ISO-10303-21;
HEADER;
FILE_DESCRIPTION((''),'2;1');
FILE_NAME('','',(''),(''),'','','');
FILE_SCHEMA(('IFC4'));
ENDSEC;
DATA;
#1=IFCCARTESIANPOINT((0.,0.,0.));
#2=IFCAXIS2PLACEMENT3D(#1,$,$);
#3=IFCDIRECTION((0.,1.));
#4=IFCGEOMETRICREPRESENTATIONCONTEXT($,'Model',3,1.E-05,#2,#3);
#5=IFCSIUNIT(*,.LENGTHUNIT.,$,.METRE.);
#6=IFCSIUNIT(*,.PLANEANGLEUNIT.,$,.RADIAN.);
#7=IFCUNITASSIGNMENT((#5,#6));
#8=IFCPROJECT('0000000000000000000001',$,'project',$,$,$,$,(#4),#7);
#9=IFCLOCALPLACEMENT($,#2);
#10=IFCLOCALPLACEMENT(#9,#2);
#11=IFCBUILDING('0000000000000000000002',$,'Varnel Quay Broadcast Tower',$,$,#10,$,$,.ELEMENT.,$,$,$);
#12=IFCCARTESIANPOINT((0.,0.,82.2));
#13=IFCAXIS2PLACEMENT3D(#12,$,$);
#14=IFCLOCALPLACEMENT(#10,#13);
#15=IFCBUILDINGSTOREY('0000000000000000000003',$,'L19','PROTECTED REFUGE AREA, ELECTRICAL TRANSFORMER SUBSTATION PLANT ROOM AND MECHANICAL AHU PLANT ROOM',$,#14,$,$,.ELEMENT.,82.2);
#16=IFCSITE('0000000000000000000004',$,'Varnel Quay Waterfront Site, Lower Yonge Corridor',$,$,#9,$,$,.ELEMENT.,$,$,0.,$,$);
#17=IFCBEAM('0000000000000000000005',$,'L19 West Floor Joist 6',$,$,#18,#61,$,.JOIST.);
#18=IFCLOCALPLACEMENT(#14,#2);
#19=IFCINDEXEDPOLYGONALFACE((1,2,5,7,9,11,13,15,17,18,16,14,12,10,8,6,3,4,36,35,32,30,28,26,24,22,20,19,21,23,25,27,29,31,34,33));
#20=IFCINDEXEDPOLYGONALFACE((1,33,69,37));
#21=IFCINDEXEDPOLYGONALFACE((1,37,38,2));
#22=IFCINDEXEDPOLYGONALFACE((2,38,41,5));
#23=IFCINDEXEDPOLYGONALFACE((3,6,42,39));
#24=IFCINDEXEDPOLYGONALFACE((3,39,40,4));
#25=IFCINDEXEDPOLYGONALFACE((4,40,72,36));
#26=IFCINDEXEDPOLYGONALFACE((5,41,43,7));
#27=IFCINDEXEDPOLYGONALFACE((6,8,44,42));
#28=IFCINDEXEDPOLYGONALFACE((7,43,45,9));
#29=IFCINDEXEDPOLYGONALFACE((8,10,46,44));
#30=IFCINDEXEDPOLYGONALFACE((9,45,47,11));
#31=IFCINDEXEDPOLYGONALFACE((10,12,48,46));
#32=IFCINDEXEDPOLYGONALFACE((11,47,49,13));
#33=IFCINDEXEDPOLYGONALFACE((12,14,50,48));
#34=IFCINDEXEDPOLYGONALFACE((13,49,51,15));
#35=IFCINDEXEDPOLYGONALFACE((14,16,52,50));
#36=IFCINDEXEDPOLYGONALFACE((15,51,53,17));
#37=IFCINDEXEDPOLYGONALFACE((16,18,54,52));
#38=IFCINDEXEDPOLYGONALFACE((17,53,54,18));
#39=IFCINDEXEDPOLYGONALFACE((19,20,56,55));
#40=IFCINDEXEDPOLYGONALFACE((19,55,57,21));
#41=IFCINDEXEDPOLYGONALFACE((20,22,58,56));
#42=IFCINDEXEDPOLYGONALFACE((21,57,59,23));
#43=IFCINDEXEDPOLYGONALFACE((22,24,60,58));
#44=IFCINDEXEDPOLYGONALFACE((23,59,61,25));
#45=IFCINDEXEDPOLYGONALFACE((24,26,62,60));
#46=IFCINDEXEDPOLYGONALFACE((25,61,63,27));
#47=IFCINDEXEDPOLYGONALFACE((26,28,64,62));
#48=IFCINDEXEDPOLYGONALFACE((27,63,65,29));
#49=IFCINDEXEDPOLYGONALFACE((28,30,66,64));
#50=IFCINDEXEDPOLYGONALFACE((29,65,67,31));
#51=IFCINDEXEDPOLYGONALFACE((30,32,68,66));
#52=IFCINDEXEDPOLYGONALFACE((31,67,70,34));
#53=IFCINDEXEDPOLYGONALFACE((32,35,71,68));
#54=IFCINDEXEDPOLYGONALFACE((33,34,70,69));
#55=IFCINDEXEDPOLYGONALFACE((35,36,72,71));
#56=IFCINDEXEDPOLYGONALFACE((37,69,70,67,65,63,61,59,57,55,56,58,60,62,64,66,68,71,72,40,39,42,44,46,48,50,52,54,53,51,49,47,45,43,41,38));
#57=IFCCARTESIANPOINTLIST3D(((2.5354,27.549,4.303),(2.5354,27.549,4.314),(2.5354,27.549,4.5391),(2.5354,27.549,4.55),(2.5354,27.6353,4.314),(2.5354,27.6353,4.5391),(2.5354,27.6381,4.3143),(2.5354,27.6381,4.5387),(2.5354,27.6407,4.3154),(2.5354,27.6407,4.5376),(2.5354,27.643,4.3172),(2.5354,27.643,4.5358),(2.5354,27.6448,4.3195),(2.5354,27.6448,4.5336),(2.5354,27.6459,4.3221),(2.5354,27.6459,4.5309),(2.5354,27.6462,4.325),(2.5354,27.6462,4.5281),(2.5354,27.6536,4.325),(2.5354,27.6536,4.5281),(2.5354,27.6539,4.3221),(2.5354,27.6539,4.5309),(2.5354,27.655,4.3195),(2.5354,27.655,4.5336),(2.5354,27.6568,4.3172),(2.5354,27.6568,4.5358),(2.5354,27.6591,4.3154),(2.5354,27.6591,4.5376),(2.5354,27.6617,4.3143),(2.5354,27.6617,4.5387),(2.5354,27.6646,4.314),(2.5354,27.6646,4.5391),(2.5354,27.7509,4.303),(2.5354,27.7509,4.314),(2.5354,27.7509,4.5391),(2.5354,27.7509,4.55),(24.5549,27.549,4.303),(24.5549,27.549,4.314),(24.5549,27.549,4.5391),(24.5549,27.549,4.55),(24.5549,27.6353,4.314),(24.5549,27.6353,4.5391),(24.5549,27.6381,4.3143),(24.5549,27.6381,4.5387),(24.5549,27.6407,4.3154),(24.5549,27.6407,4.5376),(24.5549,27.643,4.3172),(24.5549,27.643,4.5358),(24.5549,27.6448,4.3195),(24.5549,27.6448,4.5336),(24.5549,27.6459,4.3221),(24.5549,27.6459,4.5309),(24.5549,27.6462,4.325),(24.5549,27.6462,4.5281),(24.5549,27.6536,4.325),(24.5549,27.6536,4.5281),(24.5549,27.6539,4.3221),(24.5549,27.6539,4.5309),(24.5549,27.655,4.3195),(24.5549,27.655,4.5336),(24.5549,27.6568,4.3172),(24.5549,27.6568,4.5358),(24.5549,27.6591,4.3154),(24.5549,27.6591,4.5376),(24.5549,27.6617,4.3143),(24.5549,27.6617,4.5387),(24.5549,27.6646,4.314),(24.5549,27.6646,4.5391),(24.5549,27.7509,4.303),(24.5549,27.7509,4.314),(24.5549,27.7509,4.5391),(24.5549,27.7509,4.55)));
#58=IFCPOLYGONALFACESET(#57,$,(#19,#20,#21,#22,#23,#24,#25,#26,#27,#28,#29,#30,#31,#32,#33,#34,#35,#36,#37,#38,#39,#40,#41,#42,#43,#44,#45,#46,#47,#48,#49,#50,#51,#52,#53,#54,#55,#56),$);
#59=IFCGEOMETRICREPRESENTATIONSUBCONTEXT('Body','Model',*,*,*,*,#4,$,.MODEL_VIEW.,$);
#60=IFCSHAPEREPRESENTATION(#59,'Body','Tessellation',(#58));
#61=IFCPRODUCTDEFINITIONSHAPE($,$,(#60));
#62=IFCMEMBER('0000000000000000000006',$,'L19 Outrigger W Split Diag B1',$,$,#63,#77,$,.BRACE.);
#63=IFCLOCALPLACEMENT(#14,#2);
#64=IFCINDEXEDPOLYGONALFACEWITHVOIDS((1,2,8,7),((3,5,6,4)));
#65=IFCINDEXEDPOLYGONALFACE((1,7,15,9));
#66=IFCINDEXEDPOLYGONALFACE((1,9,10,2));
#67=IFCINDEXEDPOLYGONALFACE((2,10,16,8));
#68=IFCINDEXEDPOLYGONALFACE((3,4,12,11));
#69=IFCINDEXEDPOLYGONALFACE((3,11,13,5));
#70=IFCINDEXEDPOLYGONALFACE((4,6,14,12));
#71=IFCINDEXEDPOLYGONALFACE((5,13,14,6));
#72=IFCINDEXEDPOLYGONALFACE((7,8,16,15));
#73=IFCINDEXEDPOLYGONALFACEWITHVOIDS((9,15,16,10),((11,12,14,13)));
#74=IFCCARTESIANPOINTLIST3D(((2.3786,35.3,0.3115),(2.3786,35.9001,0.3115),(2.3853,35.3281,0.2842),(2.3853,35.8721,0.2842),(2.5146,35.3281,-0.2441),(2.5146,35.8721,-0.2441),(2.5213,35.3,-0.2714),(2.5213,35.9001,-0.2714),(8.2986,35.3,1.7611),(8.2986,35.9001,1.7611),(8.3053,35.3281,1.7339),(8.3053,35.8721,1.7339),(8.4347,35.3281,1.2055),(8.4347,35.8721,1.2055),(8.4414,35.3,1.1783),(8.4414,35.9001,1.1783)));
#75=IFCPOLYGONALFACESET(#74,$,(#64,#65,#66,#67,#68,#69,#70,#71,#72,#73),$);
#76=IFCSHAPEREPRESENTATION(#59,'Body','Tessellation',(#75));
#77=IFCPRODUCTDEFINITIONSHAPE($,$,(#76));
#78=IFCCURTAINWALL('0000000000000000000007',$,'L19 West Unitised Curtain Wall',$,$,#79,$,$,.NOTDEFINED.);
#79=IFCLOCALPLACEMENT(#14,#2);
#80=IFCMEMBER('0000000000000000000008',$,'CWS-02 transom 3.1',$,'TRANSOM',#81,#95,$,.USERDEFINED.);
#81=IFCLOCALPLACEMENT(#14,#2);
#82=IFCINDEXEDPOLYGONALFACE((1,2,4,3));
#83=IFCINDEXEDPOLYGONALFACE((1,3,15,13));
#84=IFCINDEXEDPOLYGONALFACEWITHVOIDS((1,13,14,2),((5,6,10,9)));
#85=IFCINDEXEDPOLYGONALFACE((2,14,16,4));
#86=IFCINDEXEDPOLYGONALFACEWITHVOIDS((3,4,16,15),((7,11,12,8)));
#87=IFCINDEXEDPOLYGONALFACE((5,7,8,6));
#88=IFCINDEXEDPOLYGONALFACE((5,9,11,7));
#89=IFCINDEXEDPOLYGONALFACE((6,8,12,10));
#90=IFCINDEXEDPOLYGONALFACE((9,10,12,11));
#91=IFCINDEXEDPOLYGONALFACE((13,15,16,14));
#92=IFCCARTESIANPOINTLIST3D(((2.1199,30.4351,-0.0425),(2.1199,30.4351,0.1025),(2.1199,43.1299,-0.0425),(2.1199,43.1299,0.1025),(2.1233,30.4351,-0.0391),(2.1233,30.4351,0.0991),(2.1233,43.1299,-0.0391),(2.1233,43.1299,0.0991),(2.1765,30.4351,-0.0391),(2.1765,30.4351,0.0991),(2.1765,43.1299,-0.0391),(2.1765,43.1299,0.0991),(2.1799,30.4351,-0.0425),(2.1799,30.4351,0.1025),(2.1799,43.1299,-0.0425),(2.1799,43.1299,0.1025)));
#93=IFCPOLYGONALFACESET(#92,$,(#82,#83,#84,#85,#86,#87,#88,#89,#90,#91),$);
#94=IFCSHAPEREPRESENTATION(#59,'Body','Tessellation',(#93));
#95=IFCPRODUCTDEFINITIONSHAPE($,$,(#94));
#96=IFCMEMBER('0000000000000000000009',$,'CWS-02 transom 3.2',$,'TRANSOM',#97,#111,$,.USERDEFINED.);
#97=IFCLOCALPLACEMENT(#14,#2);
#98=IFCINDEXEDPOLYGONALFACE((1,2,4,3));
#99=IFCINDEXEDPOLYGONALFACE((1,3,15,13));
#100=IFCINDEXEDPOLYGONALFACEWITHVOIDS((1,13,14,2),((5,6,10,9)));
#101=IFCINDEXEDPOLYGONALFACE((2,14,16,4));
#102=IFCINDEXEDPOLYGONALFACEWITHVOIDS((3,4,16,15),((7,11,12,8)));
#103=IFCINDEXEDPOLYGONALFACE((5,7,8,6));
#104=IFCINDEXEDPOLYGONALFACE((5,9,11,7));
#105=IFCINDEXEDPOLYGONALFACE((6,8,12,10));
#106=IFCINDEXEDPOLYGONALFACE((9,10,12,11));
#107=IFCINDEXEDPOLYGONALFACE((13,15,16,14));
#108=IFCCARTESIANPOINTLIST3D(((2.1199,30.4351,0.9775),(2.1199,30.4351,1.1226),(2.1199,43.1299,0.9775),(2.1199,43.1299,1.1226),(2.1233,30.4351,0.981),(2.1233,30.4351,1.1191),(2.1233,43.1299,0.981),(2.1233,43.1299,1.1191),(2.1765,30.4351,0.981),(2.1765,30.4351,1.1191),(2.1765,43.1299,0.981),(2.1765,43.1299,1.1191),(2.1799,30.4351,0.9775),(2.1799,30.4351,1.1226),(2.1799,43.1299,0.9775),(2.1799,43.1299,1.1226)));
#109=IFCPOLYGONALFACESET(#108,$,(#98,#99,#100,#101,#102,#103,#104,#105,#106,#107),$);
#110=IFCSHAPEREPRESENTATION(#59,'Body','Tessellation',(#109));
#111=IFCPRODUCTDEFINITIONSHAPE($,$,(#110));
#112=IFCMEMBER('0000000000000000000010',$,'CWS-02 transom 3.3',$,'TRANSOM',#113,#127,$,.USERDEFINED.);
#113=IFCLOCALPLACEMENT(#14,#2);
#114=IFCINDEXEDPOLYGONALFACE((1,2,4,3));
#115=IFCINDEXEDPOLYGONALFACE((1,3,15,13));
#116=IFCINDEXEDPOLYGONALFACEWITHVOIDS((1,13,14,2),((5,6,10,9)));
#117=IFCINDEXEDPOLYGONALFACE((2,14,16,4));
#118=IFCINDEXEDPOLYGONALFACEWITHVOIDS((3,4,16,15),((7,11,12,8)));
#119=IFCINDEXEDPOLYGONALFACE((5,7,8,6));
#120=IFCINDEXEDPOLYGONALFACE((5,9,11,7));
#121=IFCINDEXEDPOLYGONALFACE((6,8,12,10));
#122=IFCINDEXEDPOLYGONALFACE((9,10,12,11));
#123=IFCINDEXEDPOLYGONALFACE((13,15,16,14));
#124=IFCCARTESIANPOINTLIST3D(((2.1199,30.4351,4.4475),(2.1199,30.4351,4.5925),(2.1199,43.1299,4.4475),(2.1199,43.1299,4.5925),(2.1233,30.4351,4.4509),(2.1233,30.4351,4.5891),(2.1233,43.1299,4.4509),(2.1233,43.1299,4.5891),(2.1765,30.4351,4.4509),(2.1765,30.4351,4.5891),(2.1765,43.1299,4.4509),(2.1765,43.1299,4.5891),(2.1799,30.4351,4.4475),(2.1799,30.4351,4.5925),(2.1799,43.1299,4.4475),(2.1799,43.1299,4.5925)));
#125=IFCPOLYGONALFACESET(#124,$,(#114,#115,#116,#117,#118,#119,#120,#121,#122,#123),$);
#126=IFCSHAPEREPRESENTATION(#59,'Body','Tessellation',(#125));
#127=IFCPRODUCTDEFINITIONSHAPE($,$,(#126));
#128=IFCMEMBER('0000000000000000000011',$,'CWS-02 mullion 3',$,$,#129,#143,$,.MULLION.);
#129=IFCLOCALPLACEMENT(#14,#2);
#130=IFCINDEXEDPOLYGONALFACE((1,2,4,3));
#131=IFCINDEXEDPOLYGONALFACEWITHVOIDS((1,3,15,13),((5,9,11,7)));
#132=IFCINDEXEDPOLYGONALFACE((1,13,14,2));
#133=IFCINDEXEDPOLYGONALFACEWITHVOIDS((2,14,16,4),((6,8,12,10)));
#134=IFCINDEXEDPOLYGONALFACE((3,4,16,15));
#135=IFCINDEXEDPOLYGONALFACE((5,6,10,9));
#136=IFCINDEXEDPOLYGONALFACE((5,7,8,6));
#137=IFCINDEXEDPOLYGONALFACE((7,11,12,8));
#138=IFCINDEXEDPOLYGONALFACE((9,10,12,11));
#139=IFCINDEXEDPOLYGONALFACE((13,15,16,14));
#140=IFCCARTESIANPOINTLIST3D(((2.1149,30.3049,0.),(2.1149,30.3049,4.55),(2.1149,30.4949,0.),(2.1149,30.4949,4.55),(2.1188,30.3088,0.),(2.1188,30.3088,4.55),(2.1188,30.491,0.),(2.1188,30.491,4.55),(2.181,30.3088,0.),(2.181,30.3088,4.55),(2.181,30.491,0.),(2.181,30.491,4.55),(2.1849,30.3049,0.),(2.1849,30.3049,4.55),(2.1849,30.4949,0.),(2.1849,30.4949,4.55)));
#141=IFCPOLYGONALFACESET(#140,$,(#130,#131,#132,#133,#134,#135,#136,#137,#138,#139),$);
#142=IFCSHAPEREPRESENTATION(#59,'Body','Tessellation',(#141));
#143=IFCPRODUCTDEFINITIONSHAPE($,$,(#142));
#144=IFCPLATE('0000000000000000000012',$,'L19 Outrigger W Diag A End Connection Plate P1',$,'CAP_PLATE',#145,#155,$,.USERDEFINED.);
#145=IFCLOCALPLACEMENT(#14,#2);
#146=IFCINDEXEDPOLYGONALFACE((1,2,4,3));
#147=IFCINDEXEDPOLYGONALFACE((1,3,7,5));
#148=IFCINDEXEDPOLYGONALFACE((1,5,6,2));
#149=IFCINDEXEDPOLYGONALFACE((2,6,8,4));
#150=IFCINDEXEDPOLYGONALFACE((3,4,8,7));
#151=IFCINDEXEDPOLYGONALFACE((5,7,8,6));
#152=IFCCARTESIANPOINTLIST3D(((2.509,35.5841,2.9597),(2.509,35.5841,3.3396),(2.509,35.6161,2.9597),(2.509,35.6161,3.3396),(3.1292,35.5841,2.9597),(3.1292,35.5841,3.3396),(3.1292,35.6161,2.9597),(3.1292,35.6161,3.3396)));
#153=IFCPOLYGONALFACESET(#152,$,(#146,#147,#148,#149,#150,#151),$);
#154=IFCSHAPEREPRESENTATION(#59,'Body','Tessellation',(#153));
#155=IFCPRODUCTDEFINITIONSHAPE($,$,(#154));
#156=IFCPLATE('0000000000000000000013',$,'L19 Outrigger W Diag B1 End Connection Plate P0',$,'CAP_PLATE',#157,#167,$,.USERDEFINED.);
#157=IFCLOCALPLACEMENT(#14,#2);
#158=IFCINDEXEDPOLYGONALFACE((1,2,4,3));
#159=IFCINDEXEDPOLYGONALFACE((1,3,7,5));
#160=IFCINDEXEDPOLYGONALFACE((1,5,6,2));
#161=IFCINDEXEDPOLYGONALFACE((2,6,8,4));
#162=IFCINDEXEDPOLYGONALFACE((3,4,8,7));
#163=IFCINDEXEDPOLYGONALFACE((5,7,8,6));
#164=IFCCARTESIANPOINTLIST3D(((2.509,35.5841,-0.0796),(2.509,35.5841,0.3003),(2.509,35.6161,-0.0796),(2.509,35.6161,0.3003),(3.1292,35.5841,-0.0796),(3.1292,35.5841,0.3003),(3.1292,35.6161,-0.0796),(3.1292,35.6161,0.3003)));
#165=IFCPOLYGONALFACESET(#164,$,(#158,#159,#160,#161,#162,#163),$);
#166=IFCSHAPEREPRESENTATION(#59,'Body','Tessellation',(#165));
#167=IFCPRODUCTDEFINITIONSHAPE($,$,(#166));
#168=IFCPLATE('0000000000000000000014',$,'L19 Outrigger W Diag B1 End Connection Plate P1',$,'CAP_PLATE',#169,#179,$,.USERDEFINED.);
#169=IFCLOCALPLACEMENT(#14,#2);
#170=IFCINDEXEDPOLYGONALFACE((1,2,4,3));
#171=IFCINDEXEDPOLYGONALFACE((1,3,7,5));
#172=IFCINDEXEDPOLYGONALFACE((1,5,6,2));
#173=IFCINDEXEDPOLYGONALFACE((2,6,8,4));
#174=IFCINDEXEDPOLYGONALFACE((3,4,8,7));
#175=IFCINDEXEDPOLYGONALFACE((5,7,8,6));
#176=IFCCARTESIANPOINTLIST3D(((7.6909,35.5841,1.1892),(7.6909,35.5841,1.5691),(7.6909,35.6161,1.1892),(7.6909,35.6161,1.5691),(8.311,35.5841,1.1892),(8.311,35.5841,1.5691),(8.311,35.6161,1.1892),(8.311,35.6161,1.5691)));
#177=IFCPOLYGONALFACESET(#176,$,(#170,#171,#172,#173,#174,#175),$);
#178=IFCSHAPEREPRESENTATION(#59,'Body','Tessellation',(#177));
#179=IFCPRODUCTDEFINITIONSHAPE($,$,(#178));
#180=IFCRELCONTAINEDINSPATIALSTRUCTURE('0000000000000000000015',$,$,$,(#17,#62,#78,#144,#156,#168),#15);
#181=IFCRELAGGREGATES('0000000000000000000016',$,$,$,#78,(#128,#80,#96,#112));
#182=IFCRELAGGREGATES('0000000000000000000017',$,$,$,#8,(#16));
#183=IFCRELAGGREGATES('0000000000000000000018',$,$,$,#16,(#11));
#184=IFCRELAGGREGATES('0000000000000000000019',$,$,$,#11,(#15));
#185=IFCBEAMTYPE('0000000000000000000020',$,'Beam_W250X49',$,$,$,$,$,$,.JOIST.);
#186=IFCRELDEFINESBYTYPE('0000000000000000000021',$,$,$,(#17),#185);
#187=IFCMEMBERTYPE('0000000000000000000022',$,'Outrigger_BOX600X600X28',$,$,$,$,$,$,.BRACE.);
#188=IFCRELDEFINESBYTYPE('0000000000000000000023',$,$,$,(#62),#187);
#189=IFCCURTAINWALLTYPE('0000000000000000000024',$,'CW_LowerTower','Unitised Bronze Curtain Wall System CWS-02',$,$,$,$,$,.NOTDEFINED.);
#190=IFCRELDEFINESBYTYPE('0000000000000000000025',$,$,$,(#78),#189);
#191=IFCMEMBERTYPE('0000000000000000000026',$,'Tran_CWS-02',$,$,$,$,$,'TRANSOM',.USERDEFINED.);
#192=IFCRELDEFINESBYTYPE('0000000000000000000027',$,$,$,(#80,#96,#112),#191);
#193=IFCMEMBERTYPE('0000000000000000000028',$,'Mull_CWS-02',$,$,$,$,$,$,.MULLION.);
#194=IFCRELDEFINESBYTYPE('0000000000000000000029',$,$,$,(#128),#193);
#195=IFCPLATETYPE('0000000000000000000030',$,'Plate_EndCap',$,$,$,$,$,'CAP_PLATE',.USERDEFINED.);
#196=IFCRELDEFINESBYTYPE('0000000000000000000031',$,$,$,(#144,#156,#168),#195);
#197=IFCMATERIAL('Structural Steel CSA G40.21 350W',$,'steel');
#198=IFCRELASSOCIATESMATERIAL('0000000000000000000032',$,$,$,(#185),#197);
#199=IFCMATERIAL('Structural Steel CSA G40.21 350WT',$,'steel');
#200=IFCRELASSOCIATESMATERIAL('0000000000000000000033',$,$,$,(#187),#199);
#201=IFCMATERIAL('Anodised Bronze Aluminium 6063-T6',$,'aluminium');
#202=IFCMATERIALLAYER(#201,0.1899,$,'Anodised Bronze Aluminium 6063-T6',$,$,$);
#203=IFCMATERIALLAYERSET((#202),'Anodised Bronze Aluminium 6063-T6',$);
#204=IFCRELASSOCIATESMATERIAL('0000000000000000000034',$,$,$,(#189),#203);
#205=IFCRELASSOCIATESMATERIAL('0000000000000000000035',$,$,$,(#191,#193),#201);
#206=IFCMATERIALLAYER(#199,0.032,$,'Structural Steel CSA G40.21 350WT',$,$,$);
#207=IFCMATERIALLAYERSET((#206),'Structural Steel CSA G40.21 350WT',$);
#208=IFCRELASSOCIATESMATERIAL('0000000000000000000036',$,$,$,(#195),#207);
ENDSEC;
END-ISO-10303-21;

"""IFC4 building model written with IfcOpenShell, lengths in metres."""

from ifc_helpers import new_model, si_unit, direction, frame, origin, origin_2d, place, context, subcontext, project, spatial, rectangle, hollow_rectangle, i_section, extrude, source, transform, mapped, material, layer, layer_set, material_profile, profile_set, type_object, type_shapes, element, aggregate, save


model = new_model("IFC4")

# Units and contexts
model_context = context("Model", 3, precision=1e-05, world=origin(), true_north=direction((0.0, 1.0)))
body_context = subcontext(model_context, "Body", "Model", "MODEL_VIEW")
ifc_project = project(units=[si_unit("LENGTHUNIT", "METRE"), si_unit("PLANEANGLEUNIT", "RADIAN")], contexts=[model_context])

# Site, building, storey
site_placement = place(None, origin())
site = spatial("IfcSite", under=ifc_project, at=site_placement, Name="Varnel Quay Waterfront Site, Lower Yonge Corridor", CompositionType="ELEMENT", RefElevation=0.0)
building_placement = place(site_placement, origin())
building = spatial("IfcBuilding", under=site, at=building_placement, Name="Varnel Quay Broadcast Tower", CompositionType="ELEMENT")
storey_placement = place(building_placement, frame((0.0, 0.0, 82.2)))
storey = spatial("IfcBuildingStorey", under=building, at=storey_placement, Name="L19", Description="PROTECTED REFUGE AREA, ELECTRICAL TRANSFORMER SUBSTATION PLANT ROOM AND MECHANICAL AHU PLANT ROOM", CompositionType="ELEMENT", Elevation=82.2)

# Shared definitions
ifc_material_1 = material(Name="Structural Steel CSA G40.21 350W", Category="steel")

# Beam
ifc_material_2 = material(Name="Structural Steel CSA G40.21 350WT", Category="steel")
ifc_material_profile_1 = material_profile(ifc_material_1, i_section(OverallWidth=0.2019, OverallDepth=0.2471, WebThickness=0.0073, FlangeThickness=0.011, FilletRadius=0.011, at=origin_2d()), Name="W250X49")
ifc_profile_set_1 = profile_set([ifc_material_profile_1], Name="Structural Steel CSA G40.21 350W")
beam_type_1 = type_object("IfcBeamType", Name="Beam_W250X49", PredefinedType="JOIST", material=ifc_profile_set_1)
shared_shape_1 = source(origin(), body_context, "Body", "SweptSolid", [
    extrude(i_section(OverallWidth=0.2019, OverallDepth=0.2471, WebThickness=0.0073, FlangeThickness=0.011, FilletRadius=0.011, at=origin_2d()), origin(), (0.0, 0.0, 1.0), 22.0195),
])
type_shapes(beam_type_1, [shared_shape_1])
beam_1_placement = place(storey_placement, frame((2.5354, 27.6499, 4.4265), z_axis=(1.0, 0.0, 0.0), x_axis=(0.0, 1.0, 0.0)))
element("IfcBeam", 1, at=beam_1_placement, inside=storey, type_object=beam_type_1, Name="L19 West Floor Joist 6", PredefinedType="JOIST", context=body_context, shape_type="MappedRepresentation", body=[
    mapped(shared_shape_1, transform((0.0, 0.0, 0.0), x_axis=(1.0, 0.0, 0.0), y_axis=(0.0, 1.0, 0.0), z_axis=(0.0, 0.0, 1.0), scale=1.0)),
])

# Member
ifc_material_profile_2 = material_profile(ifc_material_2, hollow_rectangle(XDim=0.6001, YDim=0.6001, WallThickness=0.0281, at=origin_2d()), Name="BOX600X600X28")
ifc_profile_set_2 = profile_set([ifc_material_profile_2], Name="Structural Steel CSA G40.21 350WT")
member_type_1 = type_object("IfcMemberType", Name="Outrigger_BOX600X600X28", PredefinedType="BRACE", material=ifc_profile_set_2)
shared_shape_2 = source(origin(), body_context, "Body", "SweptSolid", [
    extrude(hollow_rectangle(XDim=0.6001, YDim=0.6001, WallThickness=0.0281, at=origin_2d()), origin(), (0.0, 0.0, 1.0), 6.095),
])
type_shapes(member_type_1, [shared_shape_2])
member_1_placement = place(storey_placement, frame((2.45, 35.6001, 0.02), z_axis=(0.971302, 0.0, 0.237849), x_axis=(0.0, 1.0, 0.0)))
element("IfcMember", 2, at=member_1_placement, inside=storey, type_object=member_type_1, Name="L19 Outrigger W Split Diag B1", PredefinedType="BRACE", context=body_context, shape_type="MappedRepresentation", body=[
    mapped(shared_shape_2, transform((0.0, 0.0, 0.0), x_axis=(1.0, 0.0, 0.0), y_axis=(0.0, 1.0, 0.0), z_axis=(0.0, 0.0, 1.0), scale=1.0)),
])

# Curtain wall, members
ifc_material_3 = material(Name="Anodised Bronze Aluminium 6063-T6", Category="aluminium")
ifc_layer_1 = layer(ifc_material_3, 0.1899, Name="Anodised Bronze Aluminium 6063-T6")
ifc_layer_set_1 = layer_set([ifc_layer_1], Name="Anodised Bronze Aluminium 6063-T6")
curtain_wall_type = type_object("IfcCurtainWallType", Name="CW_LowerTower", Description="Unitised Bronze Curtain Wall System CWS-02", PredefinedType="NOTDEFINED", material=ifc_layer_set_1)
curtain_wall_placement = place(storey_placement, origin())
curtain_wall = element("IfcCurtainWall", 3, at=curtain_wall_placement, inside=storey, type_object=curtain_wall_type, Name="L19 West Unitised Curtain Wall", PredefinedType="NOTDEFINED")
ifc_material_profile_3 = material_profile(ifc_material_3, hollow_rectangle(XDim=0.0601, YDim=0.145, WallThickness=0.0034, at=origin_2d()), Name="ALU60X145X3.5")
ifc_profile_set_3 = profile_set([ifc_material_profile_3], Name="Anodised Bronze Aluminium 6063-T6")
member_type_2 = type_object("IfcMemberType", Name="Tran_CWS-02", ElementType="TRANSOM", PredefinedType="USERDEFINED", material=ifc_profile_set_3)
shared_shape_3 = source(origin(), body_context, "Body", "SweptSolid", [
    extrude(hollow_rectangle(XDim=0.0601, YDim=0.145, WallThickness=0.0034, at=origin_2d()), origin(), (0.0, 0.0, 1.0), 12.6948),
])
type_shapes(member_type_2, [shared_shape_3])
member_2_placement = place(storey_placement, frame((2.1499, 30.4351, 0.03), z_axis=(0.0, 1.0, 0.0), x_axis=(-1.0, 0.0, 0.0)))
member_2 = element("IfcMember", 4, at=member_2_placement, type_object=member_type_2, Name="CWS-02 transom 3.1", ObjectType="TRANSOM", PredefinedType="USERDEFINED", context=body_context, shape_type="MappedRepresentation", body=[
    mapped(shared_shape_3, transform((0.0, 0.0, 0.0), x_axis=(1.0, 0.0, 0.0), y_axis=(0.0, 1.0, 0.0), z_axis=(0.0, 0.0, 1.0), scale=1.0)),
])
member_3_placement = place(storey_placement, frame((2.1499, 30.4351, 1.05), z_axis=(0.0, 1.0, 0.0), x_axis=(-1.0, 0.0, 0.0)))
member_3 = element("IfcMember", 5, at=member_3_placement, type_object=member_type_2, Name="CWS-02 transom 3.2", ObjectType="TRANSOM", PredefinedType="USERDEFINED", context=body_context, shape_type="MappedRepresentation", body=[
    mapped(shared_shape_3, transform((0.0, 0.0, 0.0), x_axis=(1.0, 0.0, 0.0), y_axis=(0.0, 1.0, 0.0), z_axis=(0.0, 0.0, 1.0), scale=1.0)),
])
member_4_placement = place(storey_placement, frame((2.1499, 30.4351, 4.52), z_axis=(0.0, 1.0, 0.0), x_axis=(-1.0, 0.0, 0.0)))
member_4 = element("IfcMember", 6, at=member_4_placement, type_object=member_type_2, Name="CWS-02 transom 3.3", ObjectType="TRANSOM", PredefinedType="USERDEFINED", context=body_context, shape_type="MappedRepresentation", body=[
    mapped(shared_shape_3, transform((0.0, 0.0, 0.0), x_axis=(1.0, 0.0, 0.0), y_axis=(0.0, 1.0, 0.0), z_axis=(0.0, 0.0, 1.0), scale=1.0)),
])
ifc_material_profile_4 = material_profile(ifc_material_3, hollow_rectangle(XDim=0.0701, YDim=0.1899, WallThickness=0.0039, at=origin_2d()), Name="ALU70X190X4")
ifc_profile_set_4 = profile_set([ifc_material_profile_4], Name="Anodised Bronze Aluminium 6063-T6")
member_type_3 = type_object("IfcMemberType", Name="Mull_CWS-02", PredefinedType="MULLION", material=ifc_profile_set_4)
shared_shape_4 = source(origin(), body_context, "Body", "SweptSolid", [
    extrude(hollow_rectangle(XDim=0.0701, YDim=0.1899, WallThickness=0.0039, at=origin_2d()), origin(), (0.0, 0.0, 1.0), 4.55),
])
type_shapes(member_type_3, [shared_shape_4])
member_5_placement = place(storey_placement, frame((2.1499, 30.3999, 0.0), z_axis=(0.0, 0.0, 1.0), x_axis=(-1.0, 0.0, 0.0)))
member_5 = element("IfcMember", 7, at=member_5_placement, type_object=member_type_3, Name="CWS-02 mullion 3", PredefinedType="MULLION", context=body_context, shape_type="MappedRepresentation", body=[
    mapped(shared_shape_4, transform((0.0, 0.0, 0.0), x_axis=(1.0, 0.0, 0.0), y_axis=(0.0, 1.0, 0.0), z_axis=(0.0, 0.0, 1.0), scale=1.0)),
])

# Plates
ifc_layer_2 = layer(ifc_material_2, 0.032, Name="Structural Steel CSA G40.21 350WT")
ifc_layer_set_2 = layer_set([ifc_layer_2], Name="Structural Steel CSA G40.21 350WT")
plate_type_1 = type_object("IfcPlateType", Name="Plate_EndCap", ElementType="CAP_PLATE", PredefinedType="USERDEFINED", material=ifc_layer_set_2)
shared_shape_5 = source(origin(), body_context, "Body", "SweptSolid", [
    extrude(rectangle(XDim=0.6201, YDim=0.032, at=origin_2d()), origin(), (0.0, 0.0, 1.0), 0.3799),
])
type_shapes(plate_type_1, [shared_shape_5])
for number, where, z_axis, x_axis, name in (
    (8, (2.8191, 35.6001, 2.9597), (0.0, 0.0, 1.0), (1.0, 0.0, 0.0), "L19 Outrigger W Diag A End Connection Plate P1"),
    (9, (2.8191, 35.6001, -0.0796), (0.0, 0.0, 1.0), (1.0, 0.0, 0.0), "L19 Outrigger W Diag B1 End Connection Plate P0"),
    (10, (8.001, 35.6001, 1.1892), (0.0, 0.0, 1.0), (1.0, 0.0, 0.0), "L19 Outrigger W Diag B1 End Connection Plate P1"),
):
    element("IfcPlate", number, at=place(storey_placement, frame(where, z_axis=z_axis, x_axis=x_axis)), inside=storey, type_object=plate_type_1, Name=name, ObjectType="CAP_PLATE", PredefinedType="USERDEFINED", context=body_context, shape_type="MappedRepresentation", body=[
        mapped(shared_shape_5, transform((0.0, 0.0, 0.0), x_axis=(1.0, 0.0, 0.0), y_axis=(0.0, 1.0, 0.0), z_axis=(0.0, 0.0, 1.0), scale=1.0)),
    ])

aggregate(curtain_wall, [member_5, member_2, member_3, member_4])

save(model, "model.ifc")
